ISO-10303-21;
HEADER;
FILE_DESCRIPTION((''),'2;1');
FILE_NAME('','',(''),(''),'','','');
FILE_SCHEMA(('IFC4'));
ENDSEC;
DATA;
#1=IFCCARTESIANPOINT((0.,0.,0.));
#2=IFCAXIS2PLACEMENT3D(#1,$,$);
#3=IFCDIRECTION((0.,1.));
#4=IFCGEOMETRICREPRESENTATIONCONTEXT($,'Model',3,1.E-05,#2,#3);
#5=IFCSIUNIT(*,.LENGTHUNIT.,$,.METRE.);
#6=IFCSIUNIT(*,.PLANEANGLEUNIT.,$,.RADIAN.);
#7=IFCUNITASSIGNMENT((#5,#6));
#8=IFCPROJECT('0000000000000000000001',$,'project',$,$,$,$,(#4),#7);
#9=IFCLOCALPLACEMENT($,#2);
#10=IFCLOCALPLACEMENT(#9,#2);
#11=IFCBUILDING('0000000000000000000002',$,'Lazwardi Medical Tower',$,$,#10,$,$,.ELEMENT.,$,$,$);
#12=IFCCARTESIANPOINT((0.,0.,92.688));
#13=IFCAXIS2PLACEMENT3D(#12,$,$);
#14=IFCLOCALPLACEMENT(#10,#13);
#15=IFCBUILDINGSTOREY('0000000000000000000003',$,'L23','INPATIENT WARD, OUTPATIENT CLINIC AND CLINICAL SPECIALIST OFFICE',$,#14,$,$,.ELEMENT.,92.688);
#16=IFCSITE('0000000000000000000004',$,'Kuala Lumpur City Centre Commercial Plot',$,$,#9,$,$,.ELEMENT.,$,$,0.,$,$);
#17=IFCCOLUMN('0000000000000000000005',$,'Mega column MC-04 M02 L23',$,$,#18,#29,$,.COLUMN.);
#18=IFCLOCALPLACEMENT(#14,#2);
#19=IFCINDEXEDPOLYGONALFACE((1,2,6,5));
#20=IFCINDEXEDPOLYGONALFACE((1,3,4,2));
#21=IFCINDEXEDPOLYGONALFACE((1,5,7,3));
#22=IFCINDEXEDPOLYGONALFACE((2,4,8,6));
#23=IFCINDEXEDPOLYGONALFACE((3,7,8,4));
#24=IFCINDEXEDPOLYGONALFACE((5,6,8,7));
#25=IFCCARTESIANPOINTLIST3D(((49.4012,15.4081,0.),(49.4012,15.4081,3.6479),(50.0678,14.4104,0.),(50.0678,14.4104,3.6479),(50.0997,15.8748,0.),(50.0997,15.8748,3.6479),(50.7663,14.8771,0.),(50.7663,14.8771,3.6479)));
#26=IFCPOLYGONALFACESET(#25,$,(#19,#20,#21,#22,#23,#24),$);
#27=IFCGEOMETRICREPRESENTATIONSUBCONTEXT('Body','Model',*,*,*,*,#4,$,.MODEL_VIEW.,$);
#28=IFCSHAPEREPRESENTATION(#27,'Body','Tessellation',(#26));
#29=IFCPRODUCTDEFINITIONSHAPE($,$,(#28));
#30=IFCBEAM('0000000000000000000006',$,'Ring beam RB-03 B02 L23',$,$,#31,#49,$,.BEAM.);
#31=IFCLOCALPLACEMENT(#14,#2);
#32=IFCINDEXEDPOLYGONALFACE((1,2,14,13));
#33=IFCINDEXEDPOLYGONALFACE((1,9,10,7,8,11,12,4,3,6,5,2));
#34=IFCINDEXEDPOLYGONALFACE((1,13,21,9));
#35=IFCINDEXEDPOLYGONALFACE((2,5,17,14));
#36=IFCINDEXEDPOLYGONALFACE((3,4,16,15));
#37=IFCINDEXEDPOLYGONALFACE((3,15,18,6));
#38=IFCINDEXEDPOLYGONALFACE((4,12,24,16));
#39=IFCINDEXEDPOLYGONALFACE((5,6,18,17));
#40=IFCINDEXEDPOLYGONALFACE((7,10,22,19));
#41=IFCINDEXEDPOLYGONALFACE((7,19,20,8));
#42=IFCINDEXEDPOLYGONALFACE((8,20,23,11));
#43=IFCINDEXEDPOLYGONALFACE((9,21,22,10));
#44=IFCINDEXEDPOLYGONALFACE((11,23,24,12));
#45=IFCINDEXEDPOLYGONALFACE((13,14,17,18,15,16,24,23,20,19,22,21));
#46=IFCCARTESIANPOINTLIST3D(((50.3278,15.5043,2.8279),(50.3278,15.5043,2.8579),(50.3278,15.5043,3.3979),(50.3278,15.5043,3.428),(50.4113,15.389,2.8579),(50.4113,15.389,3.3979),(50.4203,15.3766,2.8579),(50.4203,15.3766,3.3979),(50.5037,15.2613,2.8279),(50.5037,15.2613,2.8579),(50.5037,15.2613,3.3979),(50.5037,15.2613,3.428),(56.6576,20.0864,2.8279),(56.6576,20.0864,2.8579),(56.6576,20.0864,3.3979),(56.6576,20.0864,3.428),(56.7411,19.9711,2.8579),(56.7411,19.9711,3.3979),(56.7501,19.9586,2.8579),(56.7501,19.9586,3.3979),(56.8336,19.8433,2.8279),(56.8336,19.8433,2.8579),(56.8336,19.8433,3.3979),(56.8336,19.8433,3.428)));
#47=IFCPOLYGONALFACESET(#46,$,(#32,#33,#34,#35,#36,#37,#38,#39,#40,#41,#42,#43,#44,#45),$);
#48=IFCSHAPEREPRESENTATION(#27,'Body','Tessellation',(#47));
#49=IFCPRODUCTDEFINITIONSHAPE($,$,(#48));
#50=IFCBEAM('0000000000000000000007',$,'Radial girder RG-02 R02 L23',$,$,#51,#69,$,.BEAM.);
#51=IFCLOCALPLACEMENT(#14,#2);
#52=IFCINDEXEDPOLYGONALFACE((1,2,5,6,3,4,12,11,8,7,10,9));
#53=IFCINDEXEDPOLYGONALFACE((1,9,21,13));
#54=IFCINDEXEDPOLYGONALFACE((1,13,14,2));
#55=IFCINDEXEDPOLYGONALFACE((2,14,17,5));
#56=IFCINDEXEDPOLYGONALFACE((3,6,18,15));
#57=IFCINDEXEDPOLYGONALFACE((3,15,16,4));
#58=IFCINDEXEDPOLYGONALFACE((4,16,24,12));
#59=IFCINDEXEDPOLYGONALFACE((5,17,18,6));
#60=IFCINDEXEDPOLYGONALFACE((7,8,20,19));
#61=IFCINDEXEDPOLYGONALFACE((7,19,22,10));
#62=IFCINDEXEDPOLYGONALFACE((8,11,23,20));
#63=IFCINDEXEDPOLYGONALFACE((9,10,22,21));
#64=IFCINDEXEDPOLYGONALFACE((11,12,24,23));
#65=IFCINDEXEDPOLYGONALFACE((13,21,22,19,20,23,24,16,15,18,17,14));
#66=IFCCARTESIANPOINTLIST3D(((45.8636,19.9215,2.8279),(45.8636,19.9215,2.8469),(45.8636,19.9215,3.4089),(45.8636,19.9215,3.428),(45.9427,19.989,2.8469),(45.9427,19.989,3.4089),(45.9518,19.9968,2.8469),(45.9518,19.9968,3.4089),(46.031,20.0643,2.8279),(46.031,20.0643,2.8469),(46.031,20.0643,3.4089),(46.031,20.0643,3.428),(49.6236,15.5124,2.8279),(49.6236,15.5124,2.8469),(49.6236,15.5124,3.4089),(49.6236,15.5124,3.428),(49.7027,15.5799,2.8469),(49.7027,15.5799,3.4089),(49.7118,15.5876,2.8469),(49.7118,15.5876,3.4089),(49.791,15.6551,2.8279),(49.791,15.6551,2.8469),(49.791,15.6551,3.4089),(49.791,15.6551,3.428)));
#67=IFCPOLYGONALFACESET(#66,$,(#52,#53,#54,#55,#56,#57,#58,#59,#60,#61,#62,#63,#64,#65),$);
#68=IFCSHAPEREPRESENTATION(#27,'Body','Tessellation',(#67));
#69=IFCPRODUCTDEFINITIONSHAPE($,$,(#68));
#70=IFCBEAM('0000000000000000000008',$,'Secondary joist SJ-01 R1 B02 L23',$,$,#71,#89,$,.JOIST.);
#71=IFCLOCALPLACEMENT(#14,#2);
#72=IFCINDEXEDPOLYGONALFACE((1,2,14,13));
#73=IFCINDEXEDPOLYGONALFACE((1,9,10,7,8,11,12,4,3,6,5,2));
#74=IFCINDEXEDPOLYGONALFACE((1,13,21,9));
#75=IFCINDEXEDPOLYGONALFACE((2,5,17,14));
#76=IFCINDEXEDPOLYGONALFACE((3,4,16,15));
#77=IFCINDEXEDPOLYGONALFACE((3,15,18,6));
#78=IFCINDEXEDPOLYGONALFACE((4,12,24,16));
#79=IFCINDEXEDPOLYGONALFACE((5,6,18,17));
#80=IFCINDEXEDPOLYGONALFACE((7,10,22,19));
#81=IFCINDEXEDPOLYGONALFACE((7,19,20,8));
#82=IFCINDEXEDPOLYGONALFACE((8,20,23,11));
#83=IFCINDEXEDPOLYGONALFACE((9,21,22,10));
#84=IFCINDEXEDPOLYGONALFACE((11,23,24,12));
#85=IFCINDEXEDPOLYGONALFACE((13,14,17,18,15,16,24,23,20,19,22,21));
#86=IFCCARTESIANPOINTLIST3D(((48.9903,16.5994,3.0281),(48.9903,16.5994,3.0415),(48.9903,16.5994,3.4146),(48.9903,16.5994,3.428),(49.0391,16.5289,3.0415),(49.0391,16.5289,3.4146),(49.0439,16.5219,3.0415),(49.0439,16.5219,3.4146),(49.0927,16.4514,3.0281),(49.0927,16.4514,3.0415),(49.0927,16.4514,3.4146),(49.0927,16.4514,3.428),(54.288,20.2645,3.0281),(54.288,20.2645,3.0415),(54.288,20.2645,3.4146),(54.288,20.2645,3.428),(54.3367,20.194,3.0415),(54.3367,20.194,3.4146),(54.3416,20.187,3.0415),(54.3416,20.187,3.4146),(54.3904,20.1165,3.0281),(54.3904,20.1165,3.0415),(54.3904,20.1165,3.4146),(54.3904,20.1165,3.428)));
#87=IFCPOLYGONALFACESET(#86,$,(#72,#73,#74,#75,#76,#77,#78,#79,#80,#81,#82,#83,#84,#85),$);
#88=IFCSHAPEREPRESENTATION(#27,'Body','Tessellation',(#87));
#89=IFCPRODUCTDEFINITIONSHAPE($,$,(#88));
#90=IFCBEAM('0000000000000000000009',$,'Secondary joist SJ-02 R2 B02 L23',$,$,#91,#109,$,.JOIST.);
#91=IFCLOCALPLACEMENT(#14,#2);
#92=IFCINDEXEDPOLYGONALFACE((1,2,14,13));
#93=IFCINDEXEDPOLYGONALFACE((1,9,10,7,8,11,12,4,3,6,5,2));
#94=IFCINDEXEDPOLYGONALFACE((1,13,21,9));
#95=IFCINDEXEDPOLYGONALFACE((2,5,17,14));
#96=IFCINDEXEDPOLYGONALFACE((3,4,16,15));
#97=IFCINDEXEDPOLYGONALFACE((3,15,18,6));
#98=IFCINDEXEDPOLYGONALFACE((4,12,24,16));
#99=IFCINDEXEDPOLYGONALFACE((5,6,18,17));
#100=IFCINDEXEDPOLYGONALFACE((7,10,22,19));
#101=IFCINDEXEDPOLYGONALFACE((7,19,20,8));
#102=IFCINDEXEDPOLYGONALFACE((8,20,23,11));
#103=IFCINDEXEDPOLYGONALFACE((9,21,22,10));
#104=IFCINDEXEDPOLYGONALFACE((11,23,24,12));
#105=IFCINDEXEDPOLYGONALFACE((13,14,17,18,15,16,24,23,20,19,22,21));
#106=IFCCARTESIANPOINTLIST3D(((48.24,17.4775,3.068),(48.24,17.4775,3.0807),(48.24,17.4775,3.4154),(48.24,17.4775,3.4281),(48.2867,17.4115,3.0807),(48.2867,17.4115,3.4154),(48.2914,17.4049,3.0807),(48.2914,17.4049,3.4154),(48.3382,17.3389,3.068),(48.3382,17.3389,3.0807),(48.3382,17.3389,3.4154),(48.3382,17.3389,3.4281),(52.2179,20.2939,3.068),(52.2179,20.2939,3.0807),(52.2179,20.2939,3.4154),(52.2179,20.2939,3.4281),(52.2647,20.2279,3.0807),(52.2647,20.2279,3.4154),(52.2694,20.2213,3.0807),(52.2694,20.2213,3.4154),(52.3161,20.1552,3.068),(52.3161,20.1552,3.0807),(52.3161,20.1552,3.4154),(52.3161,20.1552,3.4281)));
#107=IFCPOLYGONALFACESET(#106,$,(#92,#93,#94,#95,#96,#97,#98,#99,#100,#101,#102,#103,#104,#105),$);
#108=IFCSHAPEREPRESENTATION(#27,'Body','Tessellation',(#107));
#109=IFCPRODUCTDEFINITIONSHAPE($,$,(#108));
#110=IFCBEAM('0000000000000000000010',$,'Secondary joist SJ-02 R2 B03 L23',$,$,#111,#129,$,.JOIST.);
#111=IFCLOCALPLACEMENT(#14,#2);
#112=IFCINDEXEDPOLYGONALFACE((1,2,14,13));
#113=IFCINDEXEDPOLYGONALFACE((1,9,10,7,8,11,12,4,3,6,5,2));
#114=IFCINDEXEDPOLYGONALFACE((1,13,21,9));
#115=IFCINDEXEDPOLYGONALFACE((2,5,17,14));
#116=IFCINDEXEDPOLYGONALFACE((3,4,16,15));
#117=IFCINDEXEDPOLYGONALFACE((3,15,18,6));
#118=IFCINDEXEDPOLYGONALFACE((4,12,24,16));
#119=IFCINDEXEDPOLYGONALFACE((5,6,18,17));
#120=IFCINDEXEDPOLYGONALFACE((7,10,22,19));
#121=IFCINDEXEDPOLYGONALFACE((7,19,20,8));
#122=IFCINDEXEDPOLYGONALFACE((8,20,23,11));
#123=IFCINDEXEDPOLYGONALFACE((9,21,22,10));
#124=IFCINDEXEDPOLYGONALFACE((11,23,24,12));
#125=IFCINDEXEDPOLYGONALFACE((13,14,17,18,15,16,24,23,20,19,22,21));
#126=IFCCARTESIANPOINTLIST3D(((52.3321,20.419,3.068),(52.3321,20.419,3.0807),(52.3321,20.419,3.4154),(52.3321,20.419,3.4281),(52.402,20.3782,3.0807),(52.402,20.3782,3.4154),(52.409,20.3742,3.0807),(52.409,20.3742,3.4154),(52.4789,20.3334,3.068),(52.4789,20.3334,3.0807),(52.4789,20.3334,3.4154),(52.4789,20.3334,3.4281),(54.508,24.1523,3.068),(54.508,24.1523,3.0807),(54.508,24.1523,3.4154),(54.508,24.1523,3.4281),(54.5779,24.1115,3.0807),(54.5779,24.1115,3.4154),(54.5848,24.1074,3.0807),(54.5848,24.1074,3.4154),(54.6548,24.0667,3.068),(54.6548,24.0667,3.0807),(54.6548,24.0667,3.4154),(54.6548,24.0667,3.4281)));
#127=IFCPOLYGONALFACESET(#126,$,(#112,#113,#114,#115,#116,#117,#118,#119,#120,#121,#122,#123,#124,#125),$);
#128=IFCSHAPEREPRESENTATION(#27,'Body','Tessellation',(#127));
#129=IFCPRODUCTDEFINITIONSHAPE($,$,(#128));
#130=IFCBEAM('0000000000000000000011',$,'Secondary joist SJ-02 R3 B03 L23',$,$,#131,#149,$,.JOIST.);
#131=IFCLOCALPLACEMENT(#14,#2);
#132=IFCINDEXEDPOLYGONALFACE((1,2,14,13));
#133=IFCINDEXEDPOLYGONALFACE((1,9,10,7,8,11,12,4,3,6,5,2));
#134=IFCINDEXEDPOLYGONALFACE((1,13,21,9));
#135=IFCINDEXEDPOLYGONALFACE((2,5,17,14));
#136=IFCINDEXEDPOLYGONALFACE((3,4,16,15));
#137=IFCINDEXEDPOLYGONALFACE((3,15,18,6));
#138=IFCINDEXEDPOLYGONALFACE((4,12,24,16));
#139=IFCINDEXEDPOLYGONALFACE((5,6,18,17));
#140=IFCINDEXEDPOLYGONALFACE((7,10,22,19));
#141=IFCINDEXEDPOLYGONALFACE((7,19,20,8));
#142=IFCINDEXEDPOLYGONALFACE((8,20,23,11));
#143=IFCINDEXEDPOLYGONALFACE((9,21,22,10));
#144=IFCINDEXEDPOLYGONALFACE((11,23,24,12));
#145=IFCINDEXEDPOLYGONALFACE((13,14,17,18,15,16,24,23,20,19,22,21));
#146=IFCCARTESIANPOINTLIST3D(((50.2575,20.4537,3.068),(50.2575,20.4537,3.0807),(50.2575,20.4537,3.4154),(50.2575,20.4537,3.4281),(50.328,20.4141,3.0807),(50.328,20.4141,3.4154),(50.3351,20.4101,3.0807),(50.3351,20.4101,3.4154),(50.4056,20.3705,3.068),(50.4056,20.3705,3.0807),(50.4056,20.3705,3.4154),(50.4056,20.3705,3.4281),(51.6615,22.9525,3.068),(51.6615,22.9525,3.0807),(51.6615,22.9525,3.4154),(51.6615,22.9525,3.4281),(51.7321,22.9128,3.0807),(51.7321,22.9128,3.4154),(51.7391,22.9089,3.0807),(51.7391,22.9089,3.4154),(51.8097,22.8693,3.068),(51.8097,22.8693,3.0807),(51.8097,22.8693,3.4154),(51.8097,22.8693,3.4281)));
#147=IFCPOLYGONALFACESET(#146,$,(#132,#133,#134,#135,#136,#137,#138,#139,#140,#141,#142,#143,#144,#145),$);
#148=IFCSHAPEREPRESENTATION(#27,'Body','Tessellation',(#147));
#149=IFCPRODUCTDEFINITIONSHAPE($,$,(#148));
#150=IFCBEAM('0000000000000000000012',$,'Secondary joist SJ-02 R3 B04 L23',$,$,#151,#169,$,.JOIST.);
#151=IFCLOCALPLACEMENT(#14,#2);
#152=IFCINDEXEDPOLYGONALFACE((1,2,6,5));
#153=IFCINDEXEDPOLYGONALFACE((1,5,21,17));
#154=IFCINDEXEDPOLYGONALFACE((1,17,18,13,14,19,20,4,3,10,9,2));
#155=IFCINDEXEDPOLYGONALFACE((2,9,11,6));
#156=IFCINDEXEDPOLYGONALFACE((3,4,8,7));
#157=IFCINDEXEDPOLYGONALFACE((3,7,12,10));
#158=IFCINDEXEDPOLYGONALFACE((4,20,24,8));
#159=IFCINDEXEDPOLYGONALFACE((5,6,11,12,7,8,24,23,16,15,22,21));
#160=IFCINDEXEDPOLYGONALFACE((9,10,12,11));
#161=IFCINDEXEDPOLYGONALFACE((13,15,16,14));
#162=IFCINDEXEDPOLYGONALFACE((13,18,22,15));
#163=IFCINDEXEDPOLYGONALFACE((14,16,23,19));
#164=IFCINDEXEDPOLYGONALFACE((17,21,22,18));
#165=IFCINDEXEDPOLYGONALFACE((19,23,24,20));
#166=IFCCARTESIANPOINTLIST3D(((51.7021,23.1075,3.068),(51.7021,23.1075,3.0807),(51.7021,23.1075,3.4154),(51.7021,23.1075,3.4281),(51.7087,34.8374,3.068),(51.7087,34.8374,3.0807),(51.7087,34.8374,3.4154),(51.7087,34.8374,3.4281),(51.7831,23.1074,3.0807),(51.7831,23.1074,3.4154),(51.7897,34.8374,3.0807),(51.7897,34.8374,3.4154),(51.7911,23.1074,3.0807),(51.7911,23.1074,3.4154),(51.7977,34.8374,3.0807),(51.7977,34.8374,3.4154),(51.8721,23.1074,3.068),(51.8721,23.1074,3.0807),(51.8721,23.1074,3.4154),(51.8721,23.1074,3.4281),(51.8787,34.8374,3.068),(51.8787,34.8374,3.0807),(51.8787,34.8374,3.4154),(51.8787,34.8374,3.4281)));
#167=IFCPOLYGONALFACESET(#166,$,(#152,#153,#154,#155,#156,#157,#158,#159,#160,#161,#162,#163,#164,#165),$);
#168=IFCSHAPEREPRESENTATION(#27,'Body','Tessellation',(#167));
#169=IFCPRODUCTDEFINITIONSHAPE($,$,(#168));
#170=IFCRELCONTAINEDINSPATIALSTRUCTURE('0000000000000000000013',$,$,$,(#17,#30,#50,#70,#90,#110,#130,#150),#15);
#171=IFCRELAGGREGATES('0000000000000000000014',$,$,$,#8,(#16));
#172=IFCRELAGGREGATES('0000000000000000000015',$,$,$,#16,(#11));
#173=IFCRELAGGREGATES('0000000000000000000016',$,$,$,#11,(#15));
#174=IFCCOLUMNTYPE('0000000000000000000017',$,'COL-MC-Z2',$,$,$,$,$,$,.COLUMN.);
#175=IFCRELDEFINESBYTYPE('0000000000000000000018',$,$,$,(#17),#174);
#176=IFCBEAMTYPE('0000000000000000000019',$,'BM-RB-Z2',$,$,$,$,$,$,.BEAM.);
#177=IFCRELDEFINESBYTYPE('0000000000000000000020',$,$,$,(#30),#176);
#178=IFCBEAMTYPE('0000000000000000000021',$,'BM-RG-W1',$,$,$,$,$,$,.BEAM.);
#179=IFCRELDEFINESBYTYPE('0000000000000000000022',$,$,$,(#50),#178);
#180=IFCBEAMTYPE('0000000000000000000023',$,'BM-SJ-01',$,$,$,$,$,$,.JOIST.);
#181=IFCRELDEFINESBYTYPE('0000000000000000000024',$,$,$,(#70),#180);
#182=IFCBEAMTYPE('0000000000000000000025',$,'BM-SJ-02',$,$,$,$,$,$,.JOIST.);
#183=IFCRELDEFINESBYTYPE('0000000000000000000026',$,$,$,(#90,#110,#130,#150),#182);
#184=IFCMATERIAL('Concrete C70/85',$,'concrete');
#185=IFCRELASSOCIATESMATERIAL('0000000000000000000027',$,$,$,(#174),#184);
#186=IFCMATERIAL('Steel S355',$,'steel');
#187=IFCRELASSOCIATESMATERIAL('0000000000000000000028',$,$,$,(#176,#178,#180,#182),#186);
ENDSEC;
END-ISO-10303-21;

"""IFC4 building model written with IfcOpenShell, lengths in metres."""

from ifc_helpers import new_model, si_unit, direction, frame, origin, origin_2d, place, context, subcontext, project, spatial, rectangle, i_section, extrude, material, material_profile, profile_set, type_object, element, save


model = new_model("IFC4")

# Units and contexts
model_context = context("Model", 3, precision=1e-05, world=origin(), true_north=direction((0.0, 1.0)))
body_context = subcontext(model_context, "Body", "Model", "MODEL_VIEW")
ifc_project = project(units=[si_unit("LENGTHUNIT", "METRE"), si_unit("PLANEANGLEUNIT", "RADIAN")], contexts=[model_context])

# Site, building, storey
site_placement = place(None, origin())
site = spatial("IfcSite", under=ifc_project, at=site_placement, Name="Kuala Lumpur City Centre Commercial Plot", CompositionType="ELEMENT", RefElevation=0.0)
building_placement = place(site_placement, origin())
building = spatial("IfcBuilding", under=site, at=building_placement, Name="Lazwardi Medical Tower", CompositionType="ELEMENT")
storey_placement = place(building_placement, frame((0.0, 0.0, 92.688)))
storey = spatial("IfcBuildingStorey", under=building, at=storey_placement, Name="L23", Description="INPATIENT WARD, OUTPATIENT CLINIC AND CLINICAL SPECIALIST OFFICE", CompositionType="ELEMENT", Elevation=92.688)

# Column
ifc_material_1 = material(Name="Concrete C70/85", Category="concrete")
ifc_material_profile_1 = material_profile(ifc_material_1, rectangle(XDim=1.2, YDim=0.8401, at=origin_2d()), Name="CFT-RECT 1200x840")
ifc_profile_set_1 = profile_set([ifc_material_profile_1], Name="Concrete C70/85")
column_type = type_object("IfcColumnType", Name="COL-MC-Z2", PredefinedType="COLUMN", material=ifc_profile_set_1)
column_placement = place(storey_placement, frame((50.0837, 15.1426, 0.0), z_axis=(0.0, 0.0, 1.0), x_axis=(0.55557, -0.83147, 0.0)))
element("IfcColumn", 1, at=column_placement, inside=storey, type_object=column_type, Name="Mega column MC-04 M02 L23", PredefinedType="COLUMN", context=body_context, shape_type="SweptSolid", body=[
    extrude(rectangle(XDim=1.2, YDim=0.8401, at=origin_2d()), origin(), (0.0, 0.0, 1.0), 3.6479),
])

# Beams
ifc_material_2 = material(Name="Steel S355", Category="steel")
ifc_material_profile_2 = material_profile(ifc_material_2, i_section(OverallWidth=0.3, OverallDepth=0.6001, WebThickness=0.0154, FlangeThickness=0.03, at=origin_2d()), Name="HEB 600")
ifc_profile_set_2 = profile_set([ifc_material_profile_2], Name="Steel S355")
beam_type_1 = type_object("IfcBeamType", Name="BM-RB-Z2", PredefinedType="BEAM", material=ifc_profile_set_2)
beam_1_placement = place(storey_placement, frame((50.4158, 15.3828, 3.1279), z_axis=(0.810042, 0.586372, 0.0), x_axis=(-0.586372, 0.810042, 0.0)))
element("IfcBeam", 2, at=beam_1_placement, inside=storey, type_object=beam_type_1, Name="Ring beam RB-03 B02 L23", PredefinedType="BEAM", context=body_context, shape_type="SweptSolid", body=[
    extrude(i_section(OverallWidth=0.3, OverallDepth=0.6001, WebThickness=0.0154, FlangeThickness=0.03, at=origin_2d()), origin(), (0.0, 0.0, 1.0), 7.8142),
])
ifc_material_profile_3 = material_profile(ifc_material_2, i_section(OverallWidth=0.22, OverallDepth=0.6001, WebThickness=0.012, FlangeThickness=0.019, at=origin_2d()), Name="IPE 600")
ifc_profile_set_3 = profile_set([ifc_material_profile_3], Name="Steel S355")
beam_type_2 = type_object("IfcBeamType", Name="BM-RG-W1", PredefinedType="BEAM", material=ifc_profile_set_3)
beam_2_placement = place(storey_placement, frame((49.7073, 15.5837, 3.1279), z_axis=(-0.648871, 0.760899, 0.0), x_axis=(-0.760899, -0.648871, 0.0)))
element("IfcBeam", 3, at=beam_2_placement, inside=storey, type_object=beam_type_2, Name="Radial girder RG-02 R02 L23", PredefinedType="BEAM", context=body_context, shape_type="SweptSolid", body=[
    extrude(i_section(OverallWidth=0.22, OverallDepth=0.6001, WebThickness=0.012, FlangeThickness=0.019, at=origin_2d()), origin(), (0.0, 0.0, 1.0), 5.7947),
])
ifc_material_profile_4 = material_profile(ifc_material_2, i_section(OverallWidth=0.1799, OverallDepth=0.3999, WebThickness=0.0085, FlangeThickness=0.0134, at=origin_2d()), Name="IPE 400")
ifc_profile_set_4 = profile_set([ifc_material_profile_4], Name="Steel S355")
beam_type_3 = type_object("IfcBeamType", Name="BM-SJ-01", PredefinedType="JOIST", material=ifc_profile_set_4)
beam_3_placement = place(storey_placement, frame((49.0415, 16.5254, 3.228), z_axis=(0.822376, 0.568944, 0.0), x_axis=(-0.568944, 0.822376, 0.0)))
element("IfcBeam", 4, at=beam_3_placement, inside=storey, type_object=beam_type_3, Name="Secondary joist SJ-01 R1 B02 L23", PredefinedType="JOIST", context=body_context, shape_type="SweptSolid", body=[
    extrude(i_section(OverallWidth=0.1799, OverallDepth=0.3999, WebThickness=0.0085, FlangeThickness=0.0134, at=origin_2d()), origin(), (0.0, 0.0, 1.0), 6.4419),
])
ifc_material_profile_5 = material_profile(ifc_material_2, i_section(OverallWidth=0.1699, OverallDepth=0.3601, WebThickness=0.0081, FlangeThickness=0.0127, at=origin_2d()), Name="IPE 360")
ifc_profile_set_5 = profile_set([ifc_material_profile_5], Name="Steel S355")
beam_type_4 = type_object("IfcBeamType", Name="BM-SJ-02", PredefinedType="JOIST", material=ifc_profile_set_5)
beam_4_placement = place(storey_placement, frame((48.2891, 17.4082, 3.248), z_axis=(0.816156, 0.577831, 0.0), x_axis=(-0.577831, 0.816156, 0.0)))
element("IfcBeam", 5, at=beam_4_placement, inside=storey, type_object=beam_type_4, Name="Secondary joist SJ-02 R2 B02 L23", PredefinedType="JOIST", context=body_context, shape_type="SweptSolid", body=[
    extrude(i_section(OverallWidth=0.1699, OverallDepth=0.3601, WebThickness=0.0081, FlangeThickness=0.0127, at=origin_2d()), origin(), (0.0, 0.0, 1.0), 4.874),
])
beam_5_placement = place(storey_placement, frame((52.4055, 20.3762, 3.248), z_axis=(0.503544, 0.863969, 0.0), x_axis=(-0.863969, 0.503544, 0.0)))
element("IfcBeam", 6, at=beam_5_placement, inside=storey, type_object=beam_type_4, Name="Secondary joist SJ-02 R2 B03 L23", PredefinedType="JOIST", context=body_context, shape_type="SweptSolid", body=[
    extrude(i_section(OverallWidth=0.1699, OverallDepth=0.3601, WebThickness=0.0081, FlangeThickness=0.0127, at=origin_2d()), origin(), (0.0, 0.0, 1.0), 4.321),
])
beam_6_placement = place(storey_placement, frame((50.3315, 20.4121, 3.248), z_axis=(0.489861, 0.871801, 0.0), x_axis=(-0.871801, 0.489861, 0.0)))
element("IfcBeam", 7, at=beam_6_placement, inside=storey, type_object=beam_type_4, Name="Secondary joist SJ-02 R3 B03 L23", PredefinedType="JOIST", context=body_context, shape_type="SweptSolid", body=[
    extrude(i_section(OverallWidth=0.1699, OverallDepth=0.3601, WebThickness=0.0081, FlangeThickness=0.0127, at=origin_2d()), origin(), (0.0, 0.0, 1.0), 2.8662),
])
beam_7_placement = place(storey_placement, frame((51.7871, 23.1074, 3.248), z_axis=(0.000562, 1.0, 0.0), x_axis=(-1.0, 0.000562, 0.0)))
element("IfcBeam", 8, at=beam_7_placement, inside=storey, type_object=beam_type_4, Name="Secondary joist SJ-02 R3 B04 L23", PredefinedType="JOIST", context=body_context, shape_type="SweptSolid", body=[
    extrude(i_section(OverallWidth=0.1699, OverallDepth=0.3601, WebThickness=0.0081, FlangeThickness=0.0127, at=origin_2d()), origin(), (0.0, 0.0, 1.0), 11.73),
])

save(model, "model.ifc")
